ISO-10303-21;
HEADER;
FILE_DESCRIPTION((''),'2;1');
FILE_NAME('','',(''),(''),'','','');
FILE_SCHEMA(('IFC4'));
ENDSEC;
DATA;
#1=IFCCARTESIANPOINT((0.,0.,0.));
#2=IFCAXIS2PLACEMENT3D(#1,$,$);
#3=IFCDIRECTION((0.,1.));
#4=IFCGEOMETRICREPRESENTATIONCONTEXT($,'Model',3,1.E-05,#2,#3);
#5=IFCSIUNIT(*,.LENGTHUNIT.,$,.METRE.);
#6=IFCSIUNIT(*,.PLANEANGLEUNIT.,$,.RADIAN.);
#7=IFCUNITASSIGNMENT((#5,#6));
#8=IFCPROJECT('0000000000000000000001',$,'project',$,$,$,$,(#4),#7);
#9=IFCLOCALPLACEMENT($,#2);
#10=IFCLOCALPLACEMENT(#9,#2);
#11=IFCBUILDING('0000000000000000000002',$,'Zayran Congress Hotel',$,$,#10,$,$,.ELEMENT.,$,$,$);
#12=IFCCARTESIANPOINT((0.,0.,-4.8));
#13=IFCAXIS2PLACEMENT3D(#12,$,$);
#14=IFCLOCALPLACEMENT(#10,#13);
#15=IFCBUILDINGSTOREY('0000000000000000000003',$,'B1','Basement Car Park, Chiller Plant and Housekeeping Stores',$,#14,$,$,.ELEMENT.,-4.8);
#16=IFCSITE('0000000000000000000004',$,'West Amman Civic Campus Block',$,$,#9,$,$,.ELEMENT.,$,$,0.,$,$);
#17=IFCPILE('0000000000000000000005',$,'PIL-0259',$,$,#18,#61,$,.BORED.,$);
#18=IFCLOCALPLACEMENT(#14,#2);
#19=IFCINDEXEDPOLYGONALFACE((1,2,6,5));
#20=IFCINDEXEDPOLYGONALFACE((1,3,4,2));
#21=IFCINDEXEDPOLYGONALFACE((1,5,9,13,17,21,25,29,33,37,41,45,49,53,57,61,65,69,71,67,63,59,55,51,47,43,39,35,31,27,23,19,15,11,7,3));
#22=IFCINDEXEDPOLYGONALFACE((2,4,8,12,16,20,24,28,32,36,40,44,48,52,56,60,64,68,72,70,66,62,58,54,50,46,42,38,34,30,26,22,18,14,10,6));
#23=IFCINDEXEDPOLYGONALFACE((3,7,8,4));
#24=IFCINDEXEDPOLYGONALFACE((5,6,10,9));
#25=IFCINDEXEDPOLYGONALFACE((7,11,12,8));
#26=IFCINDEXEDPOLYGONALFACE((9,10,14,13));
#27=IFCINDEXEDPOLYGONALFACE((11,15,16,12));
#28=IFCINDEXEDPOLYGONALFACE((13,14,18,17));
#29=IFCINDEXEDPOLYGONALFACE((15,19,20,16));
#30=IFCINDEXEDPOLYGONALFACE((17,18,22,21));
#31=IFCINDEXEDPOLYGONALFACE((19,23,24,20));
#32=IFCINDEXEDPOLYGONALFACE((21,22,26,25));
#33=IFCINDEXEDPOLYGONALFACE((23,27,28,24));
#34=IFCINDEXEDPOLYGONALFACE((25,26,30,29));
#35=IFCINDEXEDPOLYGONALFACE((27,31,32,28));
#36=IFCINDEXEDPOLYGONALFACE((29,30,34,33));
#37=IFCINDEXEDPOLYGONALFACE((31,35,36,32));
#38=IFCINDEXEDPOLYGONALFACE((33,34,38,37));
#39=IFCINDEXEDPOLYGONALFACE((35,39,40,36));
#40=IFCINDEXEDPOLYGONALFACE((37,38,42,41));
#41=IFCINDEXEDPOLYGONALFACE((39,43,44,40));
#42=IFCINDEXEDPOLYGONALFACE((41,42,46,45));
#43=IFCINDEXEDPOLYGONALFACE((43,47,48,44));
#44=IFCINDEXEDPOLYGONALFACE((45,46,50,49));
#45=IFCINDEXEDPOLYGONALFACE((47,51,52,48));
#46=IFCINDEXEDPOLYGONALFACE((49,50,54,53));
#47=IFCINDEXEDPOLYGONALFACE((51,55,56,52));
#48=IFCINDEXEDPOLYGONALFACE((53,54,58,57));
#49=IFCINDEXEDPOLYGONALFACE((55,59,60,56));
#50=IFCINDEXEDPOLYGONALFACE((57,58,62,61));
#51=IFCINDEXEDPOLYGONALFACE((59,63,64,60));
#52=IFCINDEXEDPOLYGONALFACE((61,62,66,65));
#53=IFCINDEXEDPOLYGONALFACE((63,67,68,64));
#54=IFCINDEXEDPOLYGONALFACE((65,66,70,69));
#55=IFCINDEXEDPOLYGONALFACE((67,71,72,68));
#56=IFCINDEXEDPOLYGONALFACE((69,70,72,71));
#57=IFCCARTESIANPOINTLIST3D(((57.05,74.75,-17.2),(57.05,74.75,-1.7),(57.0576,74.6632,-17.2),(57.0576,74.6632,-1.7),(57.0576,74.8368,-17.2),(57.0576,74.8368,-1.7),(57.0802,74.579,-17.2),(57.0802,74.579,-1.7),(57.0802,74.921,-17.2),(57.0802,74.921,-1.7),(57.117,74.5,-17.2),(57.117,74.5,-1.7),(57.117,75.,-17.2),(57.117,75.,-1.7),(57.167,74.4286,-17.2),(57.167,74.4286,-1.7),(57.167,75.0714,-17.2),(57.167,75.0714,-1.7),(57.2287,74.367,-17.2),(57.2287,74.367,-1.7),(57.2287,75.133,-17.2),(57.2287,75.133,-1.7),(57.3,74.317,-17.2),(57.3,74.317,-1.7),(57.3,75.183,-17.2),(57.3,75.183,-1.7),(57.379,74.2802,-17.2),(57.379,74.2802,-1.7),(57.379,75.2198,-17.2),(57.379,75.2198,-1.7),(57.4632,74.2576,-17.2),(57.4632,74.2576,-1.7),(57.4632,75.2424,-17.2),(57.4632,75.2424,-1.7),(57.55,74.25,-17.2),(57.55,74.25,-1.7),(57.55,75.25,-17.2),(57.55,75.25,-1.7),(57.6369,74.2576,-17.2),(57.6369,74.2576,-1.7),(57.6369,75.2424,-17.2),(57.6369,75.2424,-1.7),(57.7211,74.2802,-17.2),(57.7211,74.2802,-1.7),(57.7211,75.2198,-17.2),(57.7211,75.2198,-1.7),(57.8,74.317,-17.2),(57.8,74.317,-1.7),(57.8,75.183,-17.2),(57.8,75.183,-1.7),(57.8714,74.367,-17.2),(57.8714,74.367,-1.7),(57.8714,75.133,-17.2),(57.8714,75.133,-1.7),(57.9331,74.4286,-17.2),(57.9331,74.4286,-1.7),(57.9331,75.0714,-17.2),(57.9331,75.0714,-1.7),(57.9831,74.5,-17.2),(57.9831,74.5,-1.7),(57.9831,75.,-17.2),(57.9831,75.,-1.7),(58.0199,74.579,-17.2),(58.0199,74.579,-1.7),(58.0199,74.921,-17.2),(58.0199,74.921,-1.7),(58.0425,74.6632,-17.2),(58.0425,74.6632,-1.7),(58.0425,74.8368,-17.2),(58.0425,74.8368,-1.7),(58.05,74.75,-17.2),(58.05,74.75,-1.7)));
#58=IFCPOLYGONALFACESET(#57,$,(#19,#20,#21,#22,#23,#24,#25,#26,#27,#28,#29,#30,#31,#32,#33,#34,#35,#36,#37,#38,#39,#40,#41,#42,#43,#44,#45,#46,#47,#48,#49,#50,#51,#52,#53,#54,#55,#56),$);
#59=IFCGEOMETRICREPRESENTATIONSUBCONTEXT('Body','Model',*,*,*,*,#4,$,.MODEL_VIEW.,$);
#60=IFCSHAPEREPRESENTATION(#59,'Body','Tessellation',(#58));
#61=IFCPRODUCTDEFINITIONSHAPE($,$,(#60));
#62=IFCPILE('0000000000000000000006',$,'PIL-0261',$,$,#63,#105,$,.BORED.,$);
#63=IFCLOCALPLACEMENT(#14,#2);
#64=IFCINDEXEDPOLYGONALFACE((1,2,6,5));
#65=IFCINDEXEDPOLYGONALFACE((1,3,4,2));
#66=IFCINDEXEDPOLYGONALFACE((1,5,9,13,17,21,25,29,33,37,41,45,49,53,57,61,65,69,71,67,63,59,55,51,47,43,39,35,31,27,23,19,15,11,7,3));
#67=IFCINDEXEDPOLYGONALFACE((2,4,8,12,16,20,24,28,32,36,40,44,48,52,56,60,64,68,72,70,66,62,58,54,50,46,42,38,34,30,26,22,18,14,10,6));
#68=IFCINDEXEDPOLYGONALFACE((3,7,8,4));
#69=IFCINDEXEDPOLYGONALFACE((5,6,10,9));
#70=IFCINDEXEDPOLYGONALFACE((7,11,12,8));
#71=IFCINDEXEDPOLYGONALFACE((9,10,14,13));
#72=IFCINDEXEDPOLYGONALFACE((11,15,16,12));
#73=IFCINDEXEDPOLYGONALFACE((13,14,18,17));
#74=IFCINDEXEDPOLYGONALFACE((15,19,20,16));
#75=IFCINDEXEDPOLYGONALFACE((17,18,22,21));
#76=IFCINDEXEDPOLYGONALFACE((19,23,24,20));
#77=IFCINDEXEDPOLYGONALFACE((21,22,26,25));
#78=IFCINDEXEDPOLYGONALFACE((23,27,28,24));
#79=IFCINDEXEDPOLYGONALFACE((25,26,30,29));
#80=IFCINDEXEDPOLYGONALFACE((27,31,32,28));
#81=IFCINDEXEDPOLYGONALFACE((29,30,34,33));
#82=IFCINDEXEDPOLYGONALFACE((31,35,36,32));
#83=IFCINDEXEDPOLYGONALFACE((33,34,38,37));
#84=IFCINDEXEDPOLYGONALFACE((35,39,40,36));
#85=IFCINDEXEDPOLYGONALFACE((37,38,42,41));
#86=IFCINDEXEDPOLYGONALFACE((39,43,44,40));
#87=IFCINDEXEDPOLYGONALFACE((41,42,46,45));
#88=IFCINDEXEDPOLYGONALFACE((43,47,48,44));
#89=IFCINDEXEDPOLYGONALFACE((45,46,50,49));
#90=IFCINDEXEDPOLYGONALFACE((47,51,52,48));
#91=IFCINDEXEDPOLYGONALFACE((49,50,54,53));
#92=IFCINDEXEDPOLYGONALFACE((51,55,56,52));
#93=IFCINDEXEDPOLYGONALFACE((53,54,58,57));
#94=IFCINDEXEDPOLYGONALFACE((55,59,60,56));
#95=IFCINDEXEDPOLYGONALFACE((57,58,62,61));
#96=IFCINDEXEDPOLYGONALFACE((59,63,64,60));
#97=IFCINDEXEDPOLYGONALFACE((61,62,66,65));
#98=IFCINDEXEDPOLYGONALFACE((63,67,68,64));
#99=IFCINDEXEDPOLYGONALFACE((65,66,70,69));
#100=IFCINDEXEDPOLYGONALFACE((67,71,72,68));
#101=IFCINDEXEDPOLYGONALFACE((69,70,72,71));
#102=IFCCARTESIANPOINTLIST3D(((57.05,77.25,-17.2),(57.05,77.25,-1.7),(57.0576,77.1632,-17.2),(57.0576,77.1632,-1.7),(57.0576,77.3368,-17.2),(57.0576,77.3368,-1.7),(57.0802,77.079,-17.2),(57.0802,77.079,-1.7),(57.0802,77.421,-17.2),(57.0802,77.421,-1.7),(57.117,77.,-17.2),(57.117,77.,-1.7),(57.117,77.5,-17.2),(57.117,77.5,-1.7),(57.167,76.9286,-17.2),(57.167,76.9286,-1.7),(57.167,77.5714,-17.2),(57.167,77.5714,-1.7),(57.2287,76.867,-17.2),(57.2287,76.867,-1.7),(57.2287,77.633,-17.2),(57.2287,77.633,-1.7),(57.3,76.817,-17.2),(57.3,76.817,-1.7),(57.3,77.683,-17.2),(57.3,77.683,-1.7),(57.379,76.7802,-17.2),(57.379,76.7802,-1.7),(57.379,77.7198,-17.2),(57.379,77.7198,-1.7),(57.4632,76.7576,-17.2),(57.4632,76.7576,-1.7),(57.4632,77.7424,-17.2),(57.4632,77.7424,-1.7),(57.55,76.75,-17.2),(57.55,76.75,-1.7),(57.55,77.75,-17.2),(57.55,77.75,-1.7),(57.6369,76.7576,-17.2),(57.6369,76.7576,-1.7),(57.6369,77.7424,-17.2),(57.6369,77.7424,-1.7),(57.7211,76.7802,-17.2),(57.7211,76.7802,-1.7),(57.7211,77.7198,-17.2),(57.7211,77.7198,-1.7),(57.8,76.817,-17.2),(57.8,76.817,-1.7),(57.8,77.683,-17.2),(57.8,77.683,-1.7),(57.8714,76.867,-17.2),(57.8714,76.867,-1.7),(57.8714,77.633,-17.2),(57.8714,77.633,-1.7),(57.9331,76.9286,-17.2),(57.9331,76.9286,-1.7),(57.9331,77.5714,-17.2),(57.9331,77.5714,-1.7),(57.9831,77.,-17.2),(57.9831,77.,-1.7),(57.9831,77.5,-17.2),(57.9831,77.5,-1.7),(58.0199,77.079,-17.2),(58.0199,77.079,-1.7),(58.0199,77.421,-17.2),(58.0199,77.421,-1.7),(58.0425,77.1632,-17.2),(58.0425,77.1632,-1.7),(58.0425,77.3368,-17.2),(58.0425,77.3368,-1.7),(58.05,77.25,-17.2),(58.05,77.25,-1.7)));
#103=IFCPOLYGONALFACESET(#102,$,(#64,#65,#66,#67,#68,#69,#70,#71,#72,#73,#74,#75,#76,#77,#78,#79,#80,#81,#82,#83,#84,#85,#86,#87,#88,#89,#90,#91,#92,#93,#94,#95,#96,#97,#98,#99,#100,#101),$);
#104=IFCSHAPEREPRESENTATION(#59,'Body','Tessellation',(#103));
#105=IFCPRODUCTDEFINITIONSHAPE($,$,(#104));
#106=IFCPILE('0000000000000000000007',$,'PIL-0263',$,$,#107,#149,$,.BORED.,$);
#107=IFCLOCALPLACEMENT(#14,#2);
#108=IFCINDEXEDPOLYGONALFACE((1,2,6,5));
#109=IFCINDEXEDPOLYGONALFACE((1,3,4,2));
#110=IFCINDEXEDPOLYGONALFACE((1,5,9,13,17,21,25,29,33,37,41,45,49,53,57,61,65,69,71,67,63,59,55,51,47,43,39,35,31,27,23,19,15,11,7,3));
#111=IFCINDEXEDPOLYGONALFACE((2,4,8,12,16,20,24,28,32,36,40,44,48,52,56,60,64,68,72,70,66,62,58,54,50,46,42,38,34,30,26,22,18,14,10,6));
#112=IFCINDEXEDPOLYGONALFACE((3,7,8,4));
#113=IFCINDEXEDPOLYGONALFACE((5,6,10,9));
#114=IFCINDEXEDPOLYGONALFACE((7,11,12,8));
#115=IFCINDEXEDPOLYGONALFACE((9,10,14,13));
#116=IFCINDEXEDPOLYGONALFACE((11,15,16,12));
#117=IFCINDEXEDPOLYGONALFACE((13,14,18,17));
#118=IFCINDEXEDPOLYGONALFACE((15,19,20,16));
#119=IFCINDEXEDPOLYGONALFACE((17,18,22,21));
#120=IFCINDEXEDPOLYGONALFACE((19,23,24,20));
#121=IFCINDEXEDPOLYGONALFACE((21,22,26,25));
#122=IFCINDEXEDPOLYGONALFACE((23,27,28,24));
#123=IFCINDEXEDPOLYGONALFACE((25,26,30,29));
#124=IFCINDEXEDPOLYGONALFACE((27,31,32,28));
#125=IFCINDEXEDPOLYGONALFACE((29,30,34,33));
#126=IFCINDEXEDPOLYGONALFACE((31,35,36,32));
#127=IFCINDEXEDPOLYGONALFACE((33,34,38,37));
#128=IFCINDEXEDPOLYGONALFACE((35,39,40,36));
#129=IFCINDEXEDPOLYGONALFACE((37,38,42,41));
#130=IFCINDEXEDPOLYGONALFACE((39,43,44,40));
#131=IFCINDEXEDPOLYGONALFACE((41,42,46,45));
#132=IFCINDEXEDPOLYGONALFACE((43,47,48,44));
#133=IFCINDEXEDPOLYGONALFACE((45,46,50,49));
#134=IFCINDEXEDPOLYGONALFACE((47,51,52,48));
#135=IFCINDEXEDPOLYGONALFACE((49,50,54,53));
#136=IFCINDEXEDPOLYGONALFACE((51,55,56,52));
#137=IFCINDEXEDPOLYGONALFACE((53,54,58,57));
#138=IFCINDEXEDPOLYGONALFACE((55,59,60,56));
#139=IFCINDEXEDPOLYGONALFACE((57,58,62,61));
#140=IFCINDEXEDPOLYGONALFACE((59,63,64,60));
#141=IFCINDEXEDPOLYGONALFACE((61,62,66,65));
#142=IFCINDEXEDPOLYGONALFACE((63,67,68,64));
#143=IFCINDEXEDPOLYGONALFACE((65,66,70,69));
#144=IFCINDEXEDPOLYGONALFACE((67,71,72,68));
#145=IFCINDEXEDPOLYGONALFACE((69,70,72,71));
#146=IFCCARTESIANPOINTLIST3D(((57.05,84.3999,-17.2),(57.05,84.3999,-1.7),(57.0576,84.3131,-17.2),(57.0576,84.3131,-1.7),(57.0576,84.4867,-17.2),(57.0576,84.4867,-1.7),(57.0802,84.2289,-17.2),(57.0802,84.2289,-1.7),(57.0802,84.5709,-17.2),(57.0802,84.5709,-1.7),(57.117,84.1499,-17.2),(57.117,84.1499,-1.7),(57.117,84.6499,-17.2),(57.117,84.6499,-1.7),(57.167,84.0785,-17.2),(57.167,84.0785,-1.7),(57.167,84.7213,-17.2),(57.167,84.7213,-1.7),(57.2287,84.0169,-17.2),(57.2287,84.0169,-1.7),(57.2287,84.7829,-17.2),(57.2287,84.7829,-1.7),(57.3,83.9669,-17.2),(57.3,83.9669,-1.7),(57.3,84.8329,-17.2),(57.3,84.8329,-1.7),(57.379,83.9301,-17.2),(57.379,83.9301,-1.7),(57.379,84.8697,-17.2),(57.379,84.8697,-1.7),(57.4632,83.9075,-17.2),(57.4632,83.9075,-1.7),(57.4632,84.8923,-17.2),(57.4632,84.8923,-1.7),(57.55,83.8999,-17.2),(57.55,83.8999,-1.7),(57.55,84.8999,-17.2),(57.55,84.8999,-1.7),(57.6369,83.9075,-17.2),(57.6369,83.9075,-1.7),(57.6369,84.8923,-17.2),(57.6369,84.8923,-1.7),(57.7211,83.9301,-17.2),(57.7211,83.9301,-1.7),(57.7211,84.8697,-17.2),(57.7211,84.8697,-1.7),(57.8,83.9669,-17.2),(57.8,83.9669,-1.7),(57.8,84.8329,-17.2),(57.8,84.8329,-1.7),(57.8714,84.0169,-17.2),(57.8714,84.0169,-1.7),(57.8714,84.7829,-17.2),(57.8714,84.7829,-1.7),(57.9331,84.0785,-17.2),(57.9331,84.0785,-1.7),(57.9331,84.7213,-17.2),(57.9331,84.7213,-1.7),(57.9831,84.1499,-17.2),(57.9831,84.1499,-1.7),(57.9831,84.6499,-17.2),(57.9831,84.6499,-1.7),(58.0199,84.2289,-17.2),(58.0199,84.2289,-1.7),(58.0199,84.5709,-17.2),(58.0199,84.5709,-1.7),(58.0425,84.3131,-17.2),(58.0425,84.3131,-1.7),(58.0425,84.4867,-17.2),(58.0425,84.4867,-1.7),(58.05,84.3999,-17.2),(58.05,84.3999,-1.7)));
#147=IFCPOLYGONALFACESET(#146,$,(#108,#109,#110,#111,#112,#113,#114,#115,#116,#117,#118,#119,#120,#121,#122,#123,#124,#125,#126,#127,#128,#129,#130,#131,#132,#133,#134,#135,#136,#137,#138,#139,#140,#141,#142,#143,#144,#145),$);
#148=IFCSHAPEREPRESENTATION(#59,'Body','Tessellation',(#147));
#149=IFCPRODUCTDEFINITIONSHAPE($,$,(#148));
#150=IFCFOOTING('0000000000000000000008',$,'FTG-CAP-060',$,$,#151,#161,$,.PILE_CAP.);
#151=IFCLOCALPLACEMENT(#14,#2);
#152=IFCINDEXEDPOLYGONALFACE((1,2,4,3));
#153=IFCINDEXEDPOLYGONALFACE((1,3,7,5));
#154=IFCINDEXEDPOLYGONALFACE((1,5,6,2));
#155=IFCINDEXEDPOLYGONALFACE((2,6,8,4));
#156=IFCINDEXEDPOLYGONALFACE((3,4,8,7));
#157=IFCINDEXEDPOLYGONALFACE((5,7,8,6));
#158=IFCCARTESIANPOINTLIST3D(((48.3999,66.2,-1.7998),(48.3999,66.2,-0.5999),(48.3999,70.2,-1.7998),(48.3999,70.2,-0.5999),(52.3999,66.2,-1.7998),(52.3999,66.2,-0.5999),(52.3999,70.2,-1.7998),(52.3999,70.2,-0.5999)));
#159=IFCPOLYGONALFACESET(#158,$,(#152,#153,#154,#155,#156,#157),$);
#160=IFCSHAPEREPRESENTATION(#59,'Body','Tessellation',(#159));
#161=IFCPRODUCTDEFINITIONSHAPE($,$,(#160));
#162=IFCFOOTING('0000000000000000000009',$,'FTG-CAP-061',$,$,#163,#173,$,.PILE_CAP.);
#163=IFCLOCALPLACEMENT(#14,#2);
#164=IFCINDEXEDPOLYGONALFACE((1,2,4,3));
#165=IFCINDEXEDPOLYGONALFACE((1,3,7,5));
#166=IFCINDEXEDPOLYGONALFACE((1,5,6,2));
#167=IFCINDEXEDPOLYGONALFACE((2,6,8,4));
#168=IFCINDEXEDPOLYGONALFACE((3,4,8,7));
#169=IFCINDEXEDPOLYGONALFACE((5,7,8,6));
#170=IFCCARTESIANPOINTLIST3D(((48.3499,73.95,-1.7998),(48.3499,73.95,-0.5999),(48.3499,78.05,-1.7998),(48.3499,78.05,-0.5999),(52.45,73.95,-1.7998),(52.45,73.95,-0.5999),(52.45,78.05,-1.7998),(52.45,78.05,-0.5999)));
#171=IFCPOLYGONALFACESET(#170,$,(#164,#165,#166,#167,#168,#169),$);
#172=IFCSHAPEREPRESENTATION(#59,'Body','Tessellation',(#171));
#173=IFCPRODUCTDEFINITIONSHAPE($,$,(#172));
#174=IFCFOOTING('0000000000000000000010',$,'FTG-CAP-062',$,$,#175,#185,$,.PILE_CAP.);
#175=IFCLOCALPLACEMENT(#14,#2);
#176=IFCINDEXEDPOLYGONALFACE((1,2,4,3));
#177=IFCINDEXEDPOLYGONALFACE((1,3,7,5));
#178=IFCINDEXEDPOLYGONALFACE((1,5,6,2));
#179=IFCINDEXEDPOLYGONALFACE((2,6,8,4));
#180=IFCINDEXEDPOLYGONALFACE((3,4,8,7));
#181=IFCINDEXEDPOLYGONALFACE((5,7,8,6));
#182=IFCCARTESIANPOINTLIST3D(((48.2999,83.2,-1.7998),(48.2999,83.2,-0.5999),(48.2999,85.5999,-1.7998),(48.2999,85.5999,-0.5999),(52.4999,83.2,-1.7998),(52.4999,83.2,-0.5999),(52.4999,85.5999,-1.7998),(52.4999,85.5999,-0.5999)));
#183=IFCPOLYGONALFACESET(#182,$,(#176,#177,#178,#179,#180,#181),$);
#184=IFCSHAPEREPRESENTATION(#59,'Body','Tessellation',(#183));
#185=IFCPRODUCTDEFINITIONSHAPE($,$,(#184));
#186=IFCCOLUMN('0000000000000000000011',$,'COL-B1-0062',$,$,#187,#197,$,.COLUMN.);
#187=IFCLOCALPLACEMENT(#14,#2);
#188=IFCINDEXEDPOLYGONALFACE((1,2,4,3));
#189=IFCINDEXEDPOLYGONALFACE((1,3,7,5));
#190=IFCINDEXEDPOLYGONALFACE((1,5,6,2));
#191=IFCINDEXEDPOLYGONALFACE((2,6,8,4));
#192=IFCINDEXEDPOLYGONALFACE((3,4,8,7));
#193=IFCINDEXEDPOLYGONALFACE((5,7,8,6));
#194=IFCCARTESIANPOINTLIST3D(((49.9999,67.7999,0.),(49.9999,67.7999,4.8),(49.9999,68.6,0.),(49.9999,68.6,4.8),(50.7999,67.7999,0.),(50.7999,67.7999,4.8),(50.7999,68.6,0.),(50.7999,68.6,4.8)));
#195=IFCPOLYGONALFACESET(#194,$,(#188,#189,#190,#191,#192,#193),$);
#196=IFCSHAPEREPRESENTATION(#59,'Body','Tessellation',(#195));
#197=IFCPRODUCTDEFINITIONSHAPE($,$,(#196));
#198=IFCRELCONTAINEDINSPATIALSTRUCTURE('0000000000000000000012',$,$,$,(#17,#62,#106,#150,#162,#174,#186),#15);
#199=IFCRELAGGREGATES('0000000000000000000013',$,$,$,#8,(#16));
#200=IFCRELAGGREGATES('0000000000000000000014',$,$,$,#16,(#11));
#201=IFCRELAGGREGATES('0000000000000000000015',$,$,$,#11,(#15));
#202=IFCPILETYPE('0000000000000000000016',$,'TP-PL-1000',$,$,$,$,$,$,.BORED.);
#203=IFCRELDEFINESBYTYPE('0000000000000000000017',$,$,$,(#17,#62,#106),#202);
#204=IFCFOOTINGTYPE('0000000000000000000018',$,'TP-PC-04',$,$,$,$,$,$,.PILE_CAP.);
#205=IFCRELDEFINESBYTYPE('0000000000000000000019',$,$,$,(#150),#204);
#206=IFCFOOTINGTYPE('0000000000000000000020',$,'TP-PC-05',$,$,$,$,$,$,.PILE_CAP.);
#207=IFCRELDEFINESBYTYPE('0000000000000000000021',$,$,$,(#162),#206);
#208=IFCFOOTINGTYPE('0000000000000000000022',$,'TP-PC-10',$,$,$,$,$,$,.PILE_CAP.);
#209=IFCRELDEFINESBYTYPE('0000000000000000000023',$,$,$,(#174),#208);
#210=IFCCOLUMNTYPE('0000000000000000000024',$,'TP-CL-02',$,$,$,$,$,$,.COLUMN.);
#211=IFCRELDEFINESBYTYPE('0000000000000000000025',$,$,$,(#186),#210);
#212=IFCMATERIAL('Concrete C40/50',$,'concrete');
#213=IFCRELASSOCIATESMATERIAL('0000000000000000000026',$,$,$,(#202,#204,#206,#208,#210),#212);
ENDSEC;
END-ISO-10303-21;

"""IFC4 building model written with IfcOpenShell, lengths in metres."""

from ifc_helpers import new_model, si_unit, direction, frame, origin, origin_2d, place, context, subcontext, project, spatial, rectangle, circle, extrude, material, material_profile, profile_set, type_object, element, save


model = new_model("IFC4")

# Units and contexts
model_context = context("Model", 3, precision=1e-05, world=origin(), true_north=direction((0.0, 1.0)))
body_context = subcontext(model_context, "Body", "Model", "MODEL_VIEW")
ifc_project = project(units=[si_unit("LENGTHUNIT", "METRE"), si_unit("PLANEANGLEUNIT", "RADIAN")], contexts=[model_context])

# Site, building, storey
site_placement = place(None, origin())
site = spatial("IfcSite", under=ifc_project, at=site_placement, Name="West Amman Civic Campus Block", CompositionType="ELEMENT", RefElevation=0.0)
building_placement = place(site_placement, origin())
building = spatial("IfcBuilding", under=site, at=building_placement, Name="Zayran Congress Hotel", CompositionType="ELEMENT")
storey_placement = place(building_placement, frame((0.0, 0.0, -4.8)))
storey = spatial("IfcBuildingStorey", under=building, at=storey_placement, Name="B1", Description="Basement Car Park, Chiller Plant and Housekeeping Stores", CompositionType="ELEMENT", Elevation=-4.8)

# Piles
ifc_material_1 = material(Name="Concrete C40/50", Category="concrete")
ifc_material_profile_1 = material_profile(ifc_material_1, circle(Radius=0.5, at=origin_2d()), Name="PILE D1000")
ifc_profile_set_1 = profile_set([ifc_material_profile_1], Name="Concrete C40/50")
pile_type = type_object("IfcPileType", Name="TP-PL-1000", PredefinedType="BORED", material=ifc_profile_set_1)
for number, where, z_axis, x_axis, name in (
    (1, (57.55, 74.75, -1.7), (0.0, 0.0, -1.0), (1.0, 0.0, 0.0), "PIL-0259"),
    (2, (57.55, 77.25, -1.7), (0.0, 0.0, -1.0), (1.0, 0.0, 0.0), "PIL-0261"),
    (3, (57.55, 84.3999, -1.7), (0.0, 0.0, -1.0), (1.0, 0.0, 0.0), "PIL-0263"),
):
    element("IfcPile", number, at=place(storey_placement, frame(where, z_axis=z_axis, x_axis=x_axis)), inside=storey, type_object=pile_type, Name=name, PredefinedType="BORED", context=body_context, shape_type="SweptSolid", body=[
        extrude(circle(Radius=0.5, at=origin_2d()), origin(), (0.0, 0.0, 1.0), 15.5),
    ])

# Footings
footing_type_1 = type_object("IfcFootingType", Name="TP-PC-04", PredefinedType="PILE_CAP", material=ifc_material_1)
footing_1_placement = place(storey_placement, frame((50.3999, 68.2, -1.7998), z_axis=(0.0, 0.0, 1.0), x_axis=(1.0, 0.0, 0.0)))
element("IfcFooting", 4, at=footing_1_placement, inside=storey, type_object=footing_type_1, Name="FTG-CAP-060", PredefinedType="PILE_CAP", context=body_context, shape_type="SweptSolid", body=[
    extrude(rectangle(XDim=4.0, YDim=4.0, at=origin_2d()), origin(), (0.0, 0.0, 1.0), 1.2),
])
footing_type_2 = type_object("IfcFootingType", Name="TP-PC-05", PredefinedType="PILE_CAP", material=ifc_material_1)
footing_2_placement = place(storey_placement, frame((50.3999, 76.0, -1.7998), z_axis=(0.0, 0.0, 1.0), x_axis=(1.0, 0.0, 0.0)))
element("IfcFooting", 5, at=footing_2_placement, inside=storey, type_object=footing_type_2, Name="FTG-CAP-061", PredefinedType="PILE_CAP", context=body_context, shape_type="SweptSolid", body=[
    extrude(rectangle(XDim=4.1001, YDim=4.1001, at=origin_2d()), origin(), (0.0, 0.0, 1.0), 1.2),
])
footing_type_3 = type_object("IfcFootingType", Name="TP-PC-10", PredefinedType="PILE_CAP", material=ifc_material_1)
footing_3_placement = place(storey_placement, frame((50.3999, 84.3999, -1.7998), z_axis=(0.0, 0.0, 1.0), x_axis=(1.0, 0.0, 0.0)))
element("IfcFooting", 6, at=footing_3_placement, inside=storey, type_object=footing_type_3, Name="FTG-CAP-062", PredefinedType="PILE_CAP", context=body_context, shape_type="SweptSolid", body=[
    extrude(rectangle(XDim=4.2, YDim=2.3999, at=origin_2d()), origin(), (0.0, 0.0, 1.0), 1.2),
])

# Column
ifc_material_profile_2 = material_profile(ifc_material_1, rectangle(XDim=0.8, YDim=0.8, at=origin_2d()), Name="RC 800x800")
ifc_profile_set_2 = profile_set([ifc_material_profile_2], Name="Concrete C40/50")
column_type_1 = type_object("IfcColumnType", Name="TP-CL-02", PredefinedType="COLUMN", material=ifc_profile_set_2)
for number, where, z_axis, x_axis, name in (
    (7, (50.3999, 68.2, 0.0), (0.0, 0.0, 1.0), (1.0, 0.0, 0.0), "COL-B1-0062"),
):
    element("IfcColumn", number, at=place(storey_placement, frame(where, z_axis=z_axis, x_axis=x_axis)), inside=storey, type_object=column_type_1, Name=name, PredefinedType="COLUMN", context=body_context, shape_type="SweptSolid", body=[
        extrude(rectangle(XDim=0.8, YDim=0.8, at=origin_2d()), origin(), (0.0, 0.0, 1.0), 4.8),
    ])

save(model, "model.ifc")
